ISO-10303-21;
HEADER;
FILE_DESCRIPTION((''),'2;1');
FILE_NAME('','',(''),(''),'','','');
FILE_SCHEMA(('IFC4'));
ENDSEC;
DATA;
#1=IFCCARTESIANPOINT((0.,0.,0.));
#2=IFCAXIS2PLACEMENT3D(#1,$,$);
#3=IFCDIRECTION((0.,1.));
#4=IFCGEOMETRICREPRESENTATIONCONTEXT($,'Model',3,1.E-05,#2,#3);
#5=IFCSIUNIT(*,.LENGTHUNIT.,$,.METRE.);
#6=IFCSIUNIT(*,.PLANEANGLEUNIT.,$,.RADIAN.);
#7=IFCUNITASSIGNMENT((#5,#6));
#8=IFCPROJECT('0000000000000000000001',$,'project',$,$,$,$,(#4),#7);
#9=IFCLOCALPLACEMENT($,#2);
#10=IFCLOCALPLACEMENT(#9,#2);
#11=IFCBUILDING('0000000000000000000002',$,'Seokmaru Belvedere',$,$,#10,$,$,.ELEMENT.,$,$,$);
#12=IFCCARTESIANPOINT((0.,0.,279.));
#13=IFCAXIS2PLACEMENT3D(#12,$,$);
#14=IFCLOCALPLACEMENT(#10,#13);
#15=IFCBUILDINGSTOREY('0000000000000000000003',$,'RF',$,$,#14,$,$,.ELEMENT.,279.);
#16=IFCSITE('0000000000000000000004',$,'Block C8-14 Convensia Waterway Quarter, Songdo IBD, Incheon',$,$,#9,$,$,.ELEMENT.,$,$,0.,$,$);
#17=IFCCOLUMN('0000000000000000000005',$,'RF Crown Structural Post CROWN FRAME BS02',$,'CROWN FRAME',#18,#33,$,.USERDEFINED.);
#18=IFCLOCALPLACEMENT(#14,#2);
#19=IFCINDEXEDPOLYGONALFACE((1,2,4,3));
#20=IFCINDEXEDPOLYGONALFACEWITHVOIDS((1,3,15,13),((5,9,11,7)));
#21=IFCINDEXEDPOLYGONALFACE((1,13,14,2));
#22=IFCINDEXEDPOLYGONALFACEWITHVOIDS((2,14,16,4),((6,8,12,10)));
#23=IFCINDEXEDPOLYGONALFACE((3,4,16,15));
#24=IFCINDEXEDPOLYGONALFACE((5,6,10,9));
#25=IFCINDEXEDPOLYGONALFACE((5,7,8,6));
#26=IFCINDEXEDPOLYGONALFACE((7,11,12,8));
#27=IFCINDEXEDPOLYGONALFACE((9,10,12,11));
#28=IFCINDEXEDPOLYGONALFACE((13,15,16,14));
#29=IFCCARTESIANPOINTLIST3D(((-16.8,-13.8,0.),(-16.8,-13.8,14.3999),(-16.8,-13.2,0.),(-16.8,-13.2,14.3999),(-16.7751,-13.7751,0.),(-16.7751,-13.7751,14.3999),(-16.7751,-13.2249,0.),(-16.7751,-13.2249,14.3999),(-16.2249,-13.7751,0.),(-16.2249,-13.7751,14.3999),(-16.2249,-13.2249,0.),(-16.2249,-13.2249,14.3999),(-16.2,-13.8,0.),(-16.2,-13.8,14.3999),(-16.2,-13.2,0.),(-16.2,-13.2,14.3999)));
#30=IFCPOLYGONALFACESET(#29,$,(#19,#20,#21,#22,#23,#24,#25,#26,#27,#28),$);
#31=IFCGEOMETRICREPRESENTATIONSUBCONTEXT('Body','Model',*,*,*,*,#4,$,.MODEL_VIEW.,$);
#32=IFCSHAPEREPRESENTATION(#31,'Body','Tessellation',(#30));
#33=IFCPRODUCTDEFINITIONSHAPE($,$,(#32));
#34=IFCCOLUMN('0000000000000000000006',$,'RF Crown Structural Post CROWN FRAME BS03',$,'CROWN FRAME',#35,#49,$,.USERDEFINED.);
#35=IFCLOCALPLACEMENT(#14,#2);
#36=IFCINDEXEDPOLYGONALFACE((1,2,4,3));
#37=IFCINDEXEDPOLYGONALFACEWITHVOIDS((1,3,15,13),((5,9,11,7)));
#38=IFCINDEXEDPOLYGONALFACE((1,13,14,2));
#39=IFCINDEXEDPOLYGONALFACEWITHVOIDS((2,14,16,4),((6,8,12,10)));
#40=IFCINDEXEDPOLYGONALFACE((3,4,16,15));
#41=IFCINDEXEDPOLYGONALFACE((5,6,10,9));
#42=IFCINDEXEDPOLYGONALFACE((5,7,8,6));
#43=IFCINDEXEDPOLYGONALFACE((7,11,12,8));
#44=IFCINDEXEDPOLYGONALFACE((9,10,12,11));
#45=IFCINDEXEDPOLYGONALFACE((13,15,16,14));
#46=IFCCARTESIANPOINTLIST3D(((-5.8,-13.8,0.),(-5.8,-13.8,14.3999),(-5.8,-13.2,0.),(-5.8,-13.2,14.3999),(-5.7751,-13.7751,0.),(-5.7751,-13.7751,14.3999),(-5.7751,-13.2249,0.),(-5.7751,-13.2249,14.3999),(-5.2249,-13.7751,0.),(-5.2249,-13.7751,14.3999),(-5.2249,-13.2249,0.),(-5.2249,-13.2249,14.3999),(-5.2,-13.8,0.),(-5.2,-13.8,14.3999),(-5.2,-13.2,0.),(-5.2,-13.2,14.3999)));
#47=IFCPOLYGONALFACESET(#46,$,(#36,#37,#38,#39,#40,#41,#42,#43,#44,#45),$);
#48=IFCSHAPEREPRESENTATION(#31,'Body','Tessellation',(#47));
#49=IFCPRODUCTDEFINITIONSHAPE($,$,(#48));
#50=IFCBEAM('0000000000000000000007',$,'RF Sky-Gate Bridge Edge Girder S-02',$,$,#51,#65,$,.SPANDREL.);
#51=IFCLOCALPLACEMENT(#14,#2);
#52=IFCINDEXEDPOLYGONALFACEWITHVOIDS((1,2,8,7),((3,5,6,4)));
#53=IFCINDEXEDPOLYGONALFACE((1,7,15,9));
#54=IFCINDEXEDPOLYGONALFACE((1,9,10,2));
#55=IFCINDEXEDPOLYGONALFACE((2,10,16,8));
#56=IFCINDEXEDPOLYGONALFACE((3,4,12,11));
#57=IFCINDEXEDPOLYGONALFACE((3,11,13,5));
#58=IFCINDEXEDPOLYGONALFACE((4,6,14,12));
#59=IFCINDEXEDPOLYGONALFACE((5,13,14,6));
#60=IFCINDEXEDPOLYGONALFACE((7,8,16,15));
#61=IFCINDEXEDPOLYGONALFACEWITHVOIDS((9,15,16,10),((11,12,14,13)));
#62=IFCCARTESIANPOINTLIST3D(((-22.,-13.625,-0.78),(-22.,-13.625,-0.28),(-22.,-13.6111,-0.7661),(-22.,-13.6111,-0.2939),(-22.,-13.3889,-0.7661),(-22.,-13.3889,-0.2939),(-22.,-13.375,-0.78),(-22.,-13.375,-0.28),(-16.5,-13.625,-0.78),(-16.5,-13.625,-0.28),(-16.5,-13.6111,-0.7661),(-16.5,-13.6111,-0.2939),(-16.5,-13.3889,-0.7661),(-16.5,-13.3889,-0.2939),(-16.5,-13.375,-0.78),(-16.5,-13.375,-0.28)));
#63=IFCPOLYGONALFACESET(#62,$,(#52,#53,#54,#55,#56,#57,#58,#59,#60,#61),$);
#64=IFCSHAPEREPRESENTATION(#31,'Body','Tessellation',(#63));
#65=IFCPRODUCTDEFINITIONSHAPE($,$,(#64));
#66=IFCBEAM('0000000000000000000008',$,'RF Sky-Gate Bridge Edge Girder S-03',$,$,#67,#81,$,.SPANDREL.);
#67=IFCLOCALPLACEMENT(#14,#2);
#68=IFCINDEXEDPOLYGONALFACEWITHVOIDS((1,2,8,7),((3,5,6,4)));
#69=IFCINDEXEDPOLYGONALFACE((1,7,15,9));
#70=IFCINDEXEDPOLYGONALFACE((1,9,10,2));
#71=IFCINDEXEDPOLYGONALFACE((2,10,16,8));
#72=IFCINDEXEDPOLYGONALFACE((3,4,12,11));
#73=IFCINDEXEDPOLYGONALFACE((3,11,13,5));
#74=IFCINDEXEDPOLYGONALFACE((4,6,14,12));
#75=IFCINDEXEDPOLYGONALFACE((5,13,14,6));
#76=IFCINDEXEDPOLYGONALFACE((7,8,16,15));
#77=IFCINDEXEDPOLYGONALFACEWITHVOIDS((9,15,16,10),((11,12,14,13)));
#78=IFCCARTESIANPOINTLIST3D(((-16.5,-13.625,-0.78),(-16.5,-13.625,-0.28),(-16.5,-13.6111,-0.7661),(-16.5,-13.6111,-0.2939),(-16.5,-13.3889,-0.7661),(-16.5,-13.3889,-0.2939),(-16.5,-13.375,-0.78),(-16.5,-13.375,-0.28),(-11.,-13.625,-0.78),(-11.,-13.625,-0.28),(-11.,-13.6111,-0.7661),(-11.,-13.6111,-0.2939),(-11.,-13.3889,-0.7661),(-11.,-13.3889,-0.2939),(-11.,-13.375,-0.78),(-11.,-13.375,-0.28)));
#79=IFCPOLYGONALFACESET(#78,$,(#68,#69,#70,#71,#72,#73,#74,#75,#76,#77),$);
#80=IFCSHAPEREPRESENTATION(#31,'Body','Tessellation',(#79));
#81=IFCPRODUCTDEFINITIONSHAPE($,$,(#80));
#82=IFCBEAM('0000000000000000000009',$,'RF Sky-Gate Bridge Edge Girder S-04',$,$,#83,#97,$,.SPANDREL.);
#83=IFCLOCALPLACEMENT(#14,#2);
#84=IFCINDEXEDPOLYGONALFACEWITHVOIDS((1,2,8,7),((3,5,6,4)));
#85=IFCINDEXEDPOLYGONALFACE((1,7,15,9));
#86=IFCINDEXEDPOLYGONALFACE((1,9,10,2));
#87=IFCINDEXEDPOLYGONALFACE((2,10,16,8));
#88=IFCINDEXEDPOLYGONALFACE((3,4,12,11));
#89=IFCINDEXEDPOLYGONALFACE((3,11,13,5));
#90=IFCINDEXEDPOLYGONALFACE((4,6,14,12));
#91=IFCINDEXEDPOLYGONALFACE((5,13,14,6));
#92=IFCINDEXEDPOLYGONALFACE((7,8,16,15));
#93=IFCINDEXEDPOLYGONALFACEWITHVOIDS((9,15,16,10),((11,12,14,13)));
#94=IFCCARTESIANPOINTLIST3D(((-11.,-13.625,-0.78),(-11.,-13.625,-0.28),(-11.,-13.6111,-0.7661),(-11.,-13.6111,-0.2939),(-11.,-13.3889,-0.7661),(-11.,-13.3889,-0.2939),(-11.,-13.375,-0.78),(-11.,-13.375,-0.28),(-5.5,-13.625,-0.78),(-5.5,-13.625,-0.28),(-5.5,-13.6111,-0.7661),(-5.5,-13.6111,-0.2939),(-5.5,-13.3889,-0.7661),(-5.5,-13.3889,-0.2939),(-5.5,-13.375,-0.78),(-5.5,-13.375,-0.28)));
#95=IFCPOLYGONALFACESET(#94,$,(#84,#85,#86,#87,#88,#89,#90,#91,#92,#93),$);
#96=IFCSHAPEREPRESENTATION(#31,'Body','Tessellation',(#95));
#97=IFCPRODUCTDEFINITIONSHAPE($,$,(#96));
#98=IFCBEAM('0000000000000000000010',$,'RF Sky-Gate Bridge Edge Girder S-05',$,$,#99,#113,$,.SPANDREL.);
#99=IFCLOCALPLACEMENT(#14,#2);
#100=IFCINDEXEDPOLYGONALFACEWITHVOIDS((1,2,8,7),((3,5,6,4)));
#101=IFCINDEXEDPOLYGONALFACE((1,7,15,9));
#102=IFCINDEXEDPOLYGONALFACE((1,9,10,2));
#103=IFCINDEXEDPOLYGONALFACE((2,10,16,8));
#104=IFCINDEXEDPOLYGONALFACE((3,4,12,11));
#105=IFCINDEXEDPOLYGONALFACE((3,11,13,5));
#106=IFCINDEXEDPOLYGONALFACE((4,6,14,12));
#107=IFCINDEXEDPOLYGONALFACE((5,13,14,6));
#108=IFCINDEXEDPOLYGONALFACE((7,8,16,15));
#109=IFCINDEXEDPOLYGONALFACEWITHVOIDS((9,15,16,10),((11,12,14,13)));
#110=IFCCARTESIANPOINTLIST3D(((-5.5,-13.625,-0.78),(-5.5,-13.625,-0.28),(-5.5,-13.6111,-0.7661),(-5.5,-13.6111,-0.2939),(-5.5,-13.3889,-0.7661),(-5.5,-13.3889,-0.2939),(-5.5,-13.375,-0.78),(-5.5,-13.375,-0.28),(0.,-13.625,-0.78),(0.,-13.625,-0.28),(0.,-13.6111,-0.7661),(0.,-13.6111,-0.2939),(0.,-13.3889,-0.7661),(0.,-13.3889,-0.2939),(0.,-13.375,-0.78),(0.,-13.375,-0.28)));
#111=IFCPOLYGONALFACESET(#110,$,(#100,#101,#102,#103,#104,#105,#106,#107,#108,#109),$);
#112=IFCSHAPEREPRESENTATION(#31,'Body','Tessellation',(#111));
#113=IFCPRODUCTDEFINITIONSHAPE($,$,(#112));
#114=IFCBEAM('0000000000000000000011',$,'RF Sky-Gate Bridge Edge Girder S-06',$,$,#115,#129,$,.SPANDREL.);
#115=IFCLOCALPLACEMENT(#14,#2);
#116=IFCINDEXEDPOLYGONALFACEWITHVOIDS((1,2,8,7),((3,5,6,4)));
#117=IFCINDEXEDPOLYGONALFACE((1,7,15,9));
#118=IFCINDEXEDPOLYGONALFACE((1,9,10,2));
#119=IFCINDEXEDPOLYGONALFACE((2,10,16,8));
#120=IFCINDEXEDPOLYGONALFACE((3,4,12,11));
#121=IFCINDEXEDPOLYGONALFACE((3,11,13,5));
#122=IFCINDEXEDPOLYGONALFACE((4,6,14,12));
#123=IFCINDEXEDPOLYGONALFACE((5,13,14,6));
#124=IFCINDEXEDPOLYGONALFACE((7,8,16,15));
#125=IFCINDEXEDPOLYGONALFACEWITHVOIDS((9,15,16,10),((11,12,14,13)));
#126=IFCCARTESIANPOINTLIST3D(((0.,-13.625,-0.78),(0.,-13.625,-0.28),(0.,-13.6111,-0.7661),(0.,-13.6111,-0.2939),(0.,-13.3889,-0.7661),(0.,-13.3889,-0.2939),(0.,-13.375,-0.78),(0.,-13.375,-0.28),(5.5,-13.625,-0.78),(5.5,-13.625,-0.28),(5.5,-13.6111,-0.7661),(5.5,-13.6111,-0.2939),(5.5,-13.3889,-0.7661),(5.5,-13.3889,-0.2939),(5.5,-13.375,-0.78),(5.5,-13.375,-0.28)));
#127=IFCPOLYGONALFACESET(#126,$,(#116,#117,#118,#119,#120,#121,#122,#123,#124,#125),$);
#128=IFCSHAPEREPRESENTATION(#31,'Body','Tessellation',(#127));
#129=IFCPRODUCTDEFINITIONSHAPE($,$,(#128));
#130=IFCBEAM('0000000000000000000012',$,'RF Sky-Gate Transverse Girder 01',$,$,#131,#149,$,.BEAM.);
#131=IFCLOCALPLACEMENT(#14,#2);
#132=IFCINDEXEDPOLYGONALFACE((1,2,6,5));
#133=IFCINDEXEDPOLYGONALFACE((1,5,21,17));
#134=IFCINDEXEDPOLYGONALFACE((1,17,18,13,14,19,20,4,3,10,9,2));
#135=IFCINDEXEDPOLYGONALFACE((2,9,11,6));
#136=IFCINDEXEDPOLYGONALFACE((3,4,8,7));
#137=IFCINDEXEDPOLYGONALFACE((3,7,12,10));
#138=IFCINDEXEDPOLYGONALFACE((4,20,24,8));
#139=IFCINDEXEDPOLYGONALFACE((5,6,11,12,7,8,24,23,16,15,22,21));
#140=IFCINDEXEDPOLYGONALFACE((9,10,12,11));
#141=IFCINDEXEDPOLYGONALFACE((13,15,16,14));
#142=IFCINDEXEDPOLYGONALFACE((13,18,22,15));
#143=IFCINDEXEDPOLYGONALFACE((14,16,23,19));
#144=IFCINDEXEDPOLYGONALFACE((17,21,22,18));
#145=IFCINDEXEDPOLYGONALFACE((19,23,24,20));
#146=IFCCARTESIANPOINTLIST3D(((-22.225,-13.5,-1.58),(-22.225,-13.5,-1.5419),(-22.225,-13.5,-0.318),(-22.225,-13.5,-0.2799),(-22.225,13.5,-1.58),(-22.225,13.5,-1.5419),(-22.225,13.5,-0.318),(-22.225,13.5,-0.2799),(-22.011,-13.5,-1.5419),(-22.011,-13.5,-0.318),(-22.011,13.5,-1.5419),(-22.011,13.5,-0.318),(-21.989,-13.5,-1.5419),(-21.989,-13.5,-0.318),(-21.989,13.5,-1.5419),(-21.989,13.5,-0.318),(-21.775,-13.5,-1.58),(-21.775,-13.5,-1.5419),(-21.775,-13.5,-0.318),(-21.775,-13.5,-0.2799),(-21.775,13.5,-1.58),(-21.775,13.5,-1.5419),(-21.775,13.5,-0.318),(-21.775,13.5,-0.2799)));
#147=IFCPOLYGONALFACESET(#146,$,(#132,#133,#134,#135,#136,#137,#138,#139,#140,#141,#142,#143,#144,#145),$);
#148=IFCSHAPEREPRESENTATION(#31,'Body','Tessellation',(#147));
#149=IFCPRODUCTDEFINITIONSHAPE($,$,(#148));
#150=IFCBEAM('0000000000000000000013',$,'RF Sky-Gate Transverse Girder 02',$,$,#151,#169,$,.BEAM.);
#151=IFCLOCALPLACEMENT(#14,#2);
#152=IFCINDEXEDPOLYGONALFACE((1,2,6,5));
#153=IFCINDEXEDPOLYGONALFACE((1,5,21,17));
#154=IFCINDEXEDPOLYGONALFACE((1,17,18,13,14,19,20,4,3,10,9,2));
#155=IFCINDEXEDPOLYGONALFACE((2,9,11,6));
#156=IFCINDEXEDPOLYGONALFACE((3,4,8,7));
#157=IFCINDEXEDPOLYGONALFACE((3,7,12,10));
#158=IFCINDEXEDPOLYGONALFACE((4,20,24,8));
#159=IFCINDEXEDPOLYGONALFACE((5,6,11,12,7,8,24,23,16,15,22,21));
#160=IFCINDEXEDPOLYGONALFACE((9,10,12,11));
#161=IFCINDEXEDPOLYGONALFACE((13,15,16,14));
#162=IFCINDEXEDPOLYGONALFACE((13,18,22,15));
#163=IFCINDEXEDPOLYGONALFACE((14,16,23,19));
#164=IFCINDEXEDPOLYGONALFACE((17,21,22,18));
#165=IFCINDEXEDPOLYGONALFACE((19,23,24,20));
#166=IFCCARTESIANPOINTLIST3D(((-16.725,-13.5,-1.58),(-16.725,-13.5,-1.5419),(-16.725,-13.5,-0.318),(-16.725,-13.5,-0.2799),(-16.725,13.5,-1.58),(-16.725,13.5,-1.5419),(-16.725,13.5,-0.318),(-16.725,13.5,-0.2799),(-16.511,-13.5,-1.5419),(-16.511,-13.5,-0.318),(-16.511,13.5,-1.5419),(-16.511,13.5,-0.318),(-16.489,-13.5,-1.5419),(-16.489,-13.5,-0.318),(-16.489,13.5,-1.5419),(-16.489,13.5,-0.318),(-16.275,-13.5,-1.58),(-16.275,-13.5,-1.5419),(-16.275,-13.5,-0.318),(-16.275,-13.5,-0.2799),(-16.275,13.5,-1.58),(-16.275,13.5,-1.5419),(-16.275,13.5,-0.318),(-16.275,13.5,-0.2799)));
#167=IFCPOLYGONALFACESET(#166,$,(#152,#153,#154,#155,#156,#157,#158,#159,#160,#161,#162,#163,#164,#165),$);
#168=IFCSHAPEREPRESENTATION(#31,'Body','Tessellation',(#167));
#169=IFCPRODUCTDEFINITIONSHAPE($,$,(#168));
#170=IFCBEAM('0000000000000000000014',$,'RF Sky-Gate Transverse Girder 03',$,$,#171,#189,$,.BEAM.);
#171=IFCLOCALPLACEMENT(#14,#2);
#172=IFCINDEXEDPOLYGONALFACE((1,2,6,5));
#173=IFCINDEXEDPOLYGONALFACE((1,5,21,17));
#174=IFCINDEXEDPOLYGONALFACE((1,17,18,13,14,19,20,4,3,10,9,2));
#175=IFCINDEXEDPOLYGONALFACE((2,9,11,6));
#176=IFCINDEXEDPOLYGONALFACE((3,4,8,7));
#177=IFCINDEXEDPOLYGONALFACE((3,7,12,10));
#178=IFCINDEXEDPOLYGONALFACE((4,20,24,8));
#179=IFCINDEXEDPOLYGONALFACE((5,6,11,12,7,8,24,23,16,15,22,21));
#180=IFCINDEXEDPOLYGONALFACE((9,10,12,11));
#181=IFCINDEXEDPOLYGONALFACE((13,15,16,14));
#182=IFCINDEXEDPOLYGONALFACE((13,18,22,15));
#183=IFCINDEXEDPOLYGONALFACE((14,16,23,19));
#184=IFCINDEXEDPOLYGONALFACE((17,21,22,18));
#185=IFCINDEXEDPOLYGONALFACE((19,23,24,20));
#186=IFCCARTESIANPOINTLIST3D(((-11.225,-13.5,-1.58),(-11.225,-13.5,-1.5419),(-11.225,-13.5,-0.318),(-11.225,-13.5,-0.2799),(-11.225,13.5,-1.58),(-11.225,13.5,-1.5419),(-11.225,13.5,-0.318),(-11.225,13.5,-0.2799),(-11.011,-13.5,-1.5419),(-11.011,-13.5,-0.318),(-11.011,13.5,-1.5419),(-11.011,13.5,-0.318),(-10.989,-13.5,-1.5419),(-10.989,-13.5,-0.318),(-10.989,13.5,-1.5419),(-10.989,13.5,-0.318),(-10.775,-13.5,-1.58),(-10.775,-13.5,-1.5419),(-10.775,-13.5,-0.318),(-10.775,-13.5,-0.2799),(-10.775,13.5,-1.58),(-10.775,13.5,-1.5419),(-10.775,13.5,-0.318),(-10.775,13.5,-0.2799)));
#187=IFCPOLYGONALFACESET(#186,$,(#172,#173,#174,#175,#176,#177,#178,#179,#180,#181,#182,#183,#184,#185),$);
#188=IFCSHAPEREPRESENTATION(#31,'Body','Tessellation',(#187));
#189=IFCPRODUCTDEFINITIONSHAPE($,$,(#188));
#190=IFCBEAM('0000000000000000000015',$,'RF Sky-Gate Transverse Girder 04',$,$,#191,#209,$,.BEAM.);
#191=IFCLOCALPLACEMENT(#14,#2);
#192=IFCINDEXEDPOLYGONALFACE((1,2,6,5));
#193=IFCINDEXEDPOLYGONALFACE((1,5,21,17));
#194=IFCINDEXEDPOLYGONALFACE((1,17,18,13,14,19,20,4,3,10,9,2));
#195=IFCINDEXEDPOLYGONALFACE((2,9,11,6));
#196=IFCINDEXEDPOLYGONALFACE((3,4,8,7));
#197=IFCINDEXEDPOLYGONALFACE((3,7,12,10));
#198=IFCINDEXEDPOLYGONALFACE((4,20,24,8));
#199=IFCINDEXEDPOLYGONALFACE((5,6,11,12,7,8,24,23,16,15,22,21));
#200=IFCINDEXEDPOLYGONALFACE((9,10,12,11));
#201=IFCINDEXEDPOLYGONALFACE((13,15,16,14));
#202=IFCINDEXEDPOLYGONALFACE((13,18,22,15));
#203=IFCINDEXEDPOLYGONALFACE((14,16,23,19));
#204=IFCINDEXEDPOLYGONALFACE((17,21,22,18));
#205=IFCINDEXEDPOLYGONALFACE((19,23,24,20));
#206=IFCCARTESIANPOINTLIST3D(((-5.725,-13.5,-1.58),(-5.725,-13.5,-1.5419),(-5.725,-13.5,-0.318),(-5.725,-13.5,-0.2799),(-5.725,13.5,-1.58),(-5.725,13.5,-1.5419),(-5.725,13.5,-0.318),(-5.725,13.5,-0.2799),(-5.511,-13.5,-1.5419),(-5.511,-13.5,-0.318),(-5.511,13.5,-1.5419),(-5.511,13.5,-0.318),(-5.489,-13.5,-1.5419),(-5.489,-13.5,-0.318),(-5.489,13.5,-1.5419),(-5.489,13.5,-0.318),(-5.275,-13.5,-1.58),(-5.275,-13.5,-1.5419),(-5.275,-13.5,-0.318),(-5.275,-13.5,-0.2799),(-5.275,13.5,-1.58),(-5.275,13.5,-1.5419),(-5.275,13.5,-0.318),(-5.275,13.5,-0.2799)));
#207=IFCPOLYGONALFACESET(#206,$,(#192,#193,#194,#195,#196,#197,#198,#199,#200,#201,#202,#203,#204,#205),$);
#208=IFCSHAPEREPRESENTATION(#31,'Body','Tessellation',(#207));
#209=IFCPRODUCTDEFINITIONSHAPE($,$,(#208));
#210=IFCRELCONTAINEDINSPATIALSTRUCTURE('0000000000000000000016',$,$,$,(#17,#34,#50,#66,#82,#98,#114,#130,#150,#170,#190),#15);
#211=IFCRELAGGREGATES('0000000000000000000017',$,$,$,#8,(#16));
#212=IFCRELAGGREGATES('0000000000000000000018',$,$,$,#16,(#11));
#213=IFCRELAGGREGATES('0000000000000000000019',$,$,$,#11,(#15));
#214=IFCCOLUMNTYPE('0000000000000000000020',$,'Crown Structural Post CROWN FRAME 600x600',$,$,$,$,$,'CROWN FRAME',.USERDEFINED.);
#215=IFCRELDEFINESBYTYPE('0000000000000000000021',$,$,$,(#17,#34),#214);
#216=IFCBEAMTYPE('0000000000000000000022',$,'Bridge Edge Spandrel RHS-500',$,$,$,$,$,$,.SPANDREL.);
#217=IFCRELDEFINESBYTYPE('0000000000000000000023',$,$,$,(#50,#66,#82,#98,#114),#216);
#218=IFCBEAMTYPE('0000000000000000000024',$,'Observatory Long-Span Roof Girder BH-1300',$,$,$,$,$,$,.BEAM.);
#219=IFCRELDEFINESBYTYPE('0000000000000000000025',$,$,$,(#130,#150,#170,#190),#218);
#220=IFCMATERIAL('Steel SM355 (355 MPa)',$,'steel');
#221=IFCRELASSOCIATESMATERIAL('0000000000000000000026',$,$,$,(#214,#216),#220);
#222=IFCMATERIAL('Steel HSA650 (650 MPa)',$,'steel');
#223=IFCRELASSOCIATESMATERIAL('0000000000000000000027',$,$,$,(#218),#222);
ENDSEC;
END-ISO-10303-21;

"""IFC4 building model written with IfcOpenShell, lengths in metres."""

from ifc_helpers import new_model, si_unit, direction, frame, origin, origin_2d, place, context, subcontext, project, spatial, hollow_rectangle, i_section, extrude, source, transform, mapped, material, material_profile, profile_set, type_object, type_shapes, element, save


model = new_model("IFC4")

# Units and contexts
model_context = context("Model", 3, precision=1e-05, world=origin(), true_north=direction((0.0, 1.0)))
body_context = subcontext(model_context, "Body", "Model", "MODEL_VIEW")
ifc_project = project(units=[si_unit("LENGTHUNIT", "METRE"), si_unit("PLANEANGLEUNIT", "RADIAN")], contexts=[model_context])

# Site, building, storey
site_placement = place(None, origin())
site = spatial("IfcSite", under=ifc_project, at=site_placement, Name="Block C8-14 Convensia Waterway Quarter, Songdo IBD, Incheon", CompositionType="ELEMENT", RefElevation=0.0)
building_placement = place(site_placement, origin())
building = spatial("IfcBuilding", under=site, at=building_placement, Name="Seokmaru Belvedere", CompositionType="ELEMENT")
storey_placement = place(building_placement, frame((0.0, 0.0, 279.0)))
storey = spatial("IfcBuildingStorey", under=building, at=storey_placement, Name="RF", CompositionType="ELEMENT", Elevation=279.0)

# Columns
ifc_material_1 = material(Name="Steel SM355 (355 MPa)", Category="steel")
ifc_material_profile_1 = material_profile(ifc_material_1, hollow_rectangle(XDim=0.6001, YDim=0.6001, WallThickness=0.0249, at=origin_2d()), Name="HSS-600x600x25")
ifc_profile_set_1 = profile_set([ifc_material_profile_1], Name="Steel SM355 (355 MPa)")
column_type = type_object("IfcColumnType", Name="Crown Structural Post CROWN FRAME 600x600", ElementType="CROWN FRAME", PredefinedType="USERDEFINED", material=ifc_profile_set_1)
shared_shape_1 = source(origin(), body_context, "Body", "SweptSolid", [
    extrude(hollow_rectangle(XDim=0.6001, YDim=0.6001, WallThickness=0.0249, at=origin_2d()), origin(), (0.0, 0.0, 1.0), 14.3999),
])
type_shapes(column_type, [shared_shape_1])
for number, where, z_axis, x_axis, name in (
    (1, (-16.5, -13.5, 0.0), (0.0, 0.0, 1.0), (1.0, 0.0, 0.0), "RF Crown Structural Post CROWN FRAME BS02"),
    (2, (-5.5, -13.5, 0.0), (0.0, 0.0, 1.0), (1.0, 0.0, 0.0), "RF Crown Structural Post CROWN FRAME BS03"),
):
    element("IfcColumn", number, at=place(storey_placement, frame(where, z_axis=z_axis, x_axis=x_axis)), inside=storey, type_object=column_type, Name=name, ObjectType="CROWN FRAME", PredefinedType="USERDEFINED", context=body_context, shape_type="MappedRepresentation", body=[
        mapped(shared_shape_1, transform((0.0, 0.0, 0.0), scale=1.0)),
    ])

# Beams
ifc_material_profile_2 = material_profile(ifc_material_1, hollow_rectangle(XDim=0.25, YDim=0.5, WallThickness=0.0139, at=origin_2d()), Name="RHS-500x250x14")
ifc_profile_set_2 = profile_set([ifc_material_profile_2], Name="Steel SM355 (355 MPa)")
beam_type_1 = type_object("IfcBeamType", Name="Bridge Edge Spandrel RHS-500", PredefinedType="SPANDREL", material=ifc_profile_set_2)
shared_shape_2 = source(origin(), body_context, "Body", "SweptSolid", [
    extrude(hollow_rectangle(XDim=0.25, YDim=0.5, WallThickness=0.0139, at=origin_2d()), origin(), (0.0, 0.0, 1.0), 5.5),
])
type_shapes(beam_type_1, [shared_shape_2])
for number, where, z_axis, x_axis, name in (
    (3, (-22.0, -13.5, -0.53), (1.0, 0.0, 0.0), (0.0, 1.0, 0.0), "RF Sky-Gate Bridge Edge Girder S-02"),
    (4, (-16.5, -13.5, -0.53), (1.0, 0.0, 0.0), (0.0, 1.0, 0.0), "RF Sky-Gate Bridge Edge Girder S-03"),
    (5, (-11.0, -13.5, -0.53), (1.0, 0.0, 0.0), (0.0, 1.0, 0.0), "RF Sky-Gate Bridge Edge Girder S-04"),
    (6, (-5.5, -13.5, -0.53), (1.0, 0.0, 0.0), (0.0, 1.0, 0.0), "RF Sky-Gate Bridge Edge Girder S-05"),
    (7, (0.0, -13.5, -0.53), (1.0, 0.0, 0.0), (0.0, 1.0, 0.0), "RF Sky-Gate Bridge Edge Girder S-06"),
):
    element("IfcBeam", number, at=place(storey_placement, frame(where, z_axis=z_axis, x_axis=x_axis)), inside=storey, type_object=beam_type_1, Name=name, PredefinedType="SPANDREL", context=body_context, shape_type="MappedRepresentation", body=[
        mapped(shared_shape_2, transform((0.0, 0.0, 0.0), scale=1.0)),
    ])
ifc_material_2 = material(Name="Steel HSA650 (650 MPa)", Category="steel")
ifc_material_profile_3 = material_profile(ifc_material_2, i_section(OverallWidth=0.45, OverallDepth=1.3, WebThickness=0.022, FlangeThickness=0.0381, at=origin_2d()), Name="BH-1300x450x22x38")
ifc_profile_set_3 = profile_set([ifc_material_profile_3], Name="Steel HSA650 (650 MPa)")
beam_type_2 = type_object("IfcBeamType", Name="Observatory Long-Span Roof Girder BH-1300", PredefinedType="BEAM", material=ifc_profile_set_3)
shared_shape_3 = source(origin(), body_context, "Body", "SweptSolid", [
    extrude(i_section(OverallWidth=0.45, OverallDepth=1.3, WebThickness=0.022, FlangeThickness=0.0381, at=origin_2d()), origin(), (0.0, 0.0, 1.0), 27.0),
])
type_shapes(beam_type_2, [shared_shape_3])
for number, where, z_axis, x_axis, name in (
    (8, (-22.0, -13.5, -0.9299), (0.0, 1.0, 0.0), (-1.0, 0.0, 0.0), "RF Sky-Gate Transverse Girder 01"),
    (9, (-16.5, -13.5, -0.9299), (0.0, 1.0, 0.0), (-1.0, 0.0, 0.0), "RF Sky-Gate Transverse Girder 02"),
    (10, (-11.0, -13.5, -0.9299), (0.0, 1.0, 0.0), (-1.0, 0.0, 0.0), "RF Sky-Gate Transverse Girder 03"),
    (11, (-5.5, -13.5, -0.9299), (0.0, 1.0, 0.0), (-1.0, 0.0, 0.0), "RF Sky-Gate Transverse Girder 04"),
):
    element("IfcBeam", number, at=place(storey_placement, frame(where, z_axis=z_axis, x_axis=x_axis)), inside=storey, type_object=beam_type_2, Name=name, PredefinedType="BEAM", context=body_context, shape_type="MappedRepresentation", body=[
        mapped(shared_shape_3, transform((0.0, 0.0, 0.0), scale=1.0)),
    ])

save(model, "model.ifc")
